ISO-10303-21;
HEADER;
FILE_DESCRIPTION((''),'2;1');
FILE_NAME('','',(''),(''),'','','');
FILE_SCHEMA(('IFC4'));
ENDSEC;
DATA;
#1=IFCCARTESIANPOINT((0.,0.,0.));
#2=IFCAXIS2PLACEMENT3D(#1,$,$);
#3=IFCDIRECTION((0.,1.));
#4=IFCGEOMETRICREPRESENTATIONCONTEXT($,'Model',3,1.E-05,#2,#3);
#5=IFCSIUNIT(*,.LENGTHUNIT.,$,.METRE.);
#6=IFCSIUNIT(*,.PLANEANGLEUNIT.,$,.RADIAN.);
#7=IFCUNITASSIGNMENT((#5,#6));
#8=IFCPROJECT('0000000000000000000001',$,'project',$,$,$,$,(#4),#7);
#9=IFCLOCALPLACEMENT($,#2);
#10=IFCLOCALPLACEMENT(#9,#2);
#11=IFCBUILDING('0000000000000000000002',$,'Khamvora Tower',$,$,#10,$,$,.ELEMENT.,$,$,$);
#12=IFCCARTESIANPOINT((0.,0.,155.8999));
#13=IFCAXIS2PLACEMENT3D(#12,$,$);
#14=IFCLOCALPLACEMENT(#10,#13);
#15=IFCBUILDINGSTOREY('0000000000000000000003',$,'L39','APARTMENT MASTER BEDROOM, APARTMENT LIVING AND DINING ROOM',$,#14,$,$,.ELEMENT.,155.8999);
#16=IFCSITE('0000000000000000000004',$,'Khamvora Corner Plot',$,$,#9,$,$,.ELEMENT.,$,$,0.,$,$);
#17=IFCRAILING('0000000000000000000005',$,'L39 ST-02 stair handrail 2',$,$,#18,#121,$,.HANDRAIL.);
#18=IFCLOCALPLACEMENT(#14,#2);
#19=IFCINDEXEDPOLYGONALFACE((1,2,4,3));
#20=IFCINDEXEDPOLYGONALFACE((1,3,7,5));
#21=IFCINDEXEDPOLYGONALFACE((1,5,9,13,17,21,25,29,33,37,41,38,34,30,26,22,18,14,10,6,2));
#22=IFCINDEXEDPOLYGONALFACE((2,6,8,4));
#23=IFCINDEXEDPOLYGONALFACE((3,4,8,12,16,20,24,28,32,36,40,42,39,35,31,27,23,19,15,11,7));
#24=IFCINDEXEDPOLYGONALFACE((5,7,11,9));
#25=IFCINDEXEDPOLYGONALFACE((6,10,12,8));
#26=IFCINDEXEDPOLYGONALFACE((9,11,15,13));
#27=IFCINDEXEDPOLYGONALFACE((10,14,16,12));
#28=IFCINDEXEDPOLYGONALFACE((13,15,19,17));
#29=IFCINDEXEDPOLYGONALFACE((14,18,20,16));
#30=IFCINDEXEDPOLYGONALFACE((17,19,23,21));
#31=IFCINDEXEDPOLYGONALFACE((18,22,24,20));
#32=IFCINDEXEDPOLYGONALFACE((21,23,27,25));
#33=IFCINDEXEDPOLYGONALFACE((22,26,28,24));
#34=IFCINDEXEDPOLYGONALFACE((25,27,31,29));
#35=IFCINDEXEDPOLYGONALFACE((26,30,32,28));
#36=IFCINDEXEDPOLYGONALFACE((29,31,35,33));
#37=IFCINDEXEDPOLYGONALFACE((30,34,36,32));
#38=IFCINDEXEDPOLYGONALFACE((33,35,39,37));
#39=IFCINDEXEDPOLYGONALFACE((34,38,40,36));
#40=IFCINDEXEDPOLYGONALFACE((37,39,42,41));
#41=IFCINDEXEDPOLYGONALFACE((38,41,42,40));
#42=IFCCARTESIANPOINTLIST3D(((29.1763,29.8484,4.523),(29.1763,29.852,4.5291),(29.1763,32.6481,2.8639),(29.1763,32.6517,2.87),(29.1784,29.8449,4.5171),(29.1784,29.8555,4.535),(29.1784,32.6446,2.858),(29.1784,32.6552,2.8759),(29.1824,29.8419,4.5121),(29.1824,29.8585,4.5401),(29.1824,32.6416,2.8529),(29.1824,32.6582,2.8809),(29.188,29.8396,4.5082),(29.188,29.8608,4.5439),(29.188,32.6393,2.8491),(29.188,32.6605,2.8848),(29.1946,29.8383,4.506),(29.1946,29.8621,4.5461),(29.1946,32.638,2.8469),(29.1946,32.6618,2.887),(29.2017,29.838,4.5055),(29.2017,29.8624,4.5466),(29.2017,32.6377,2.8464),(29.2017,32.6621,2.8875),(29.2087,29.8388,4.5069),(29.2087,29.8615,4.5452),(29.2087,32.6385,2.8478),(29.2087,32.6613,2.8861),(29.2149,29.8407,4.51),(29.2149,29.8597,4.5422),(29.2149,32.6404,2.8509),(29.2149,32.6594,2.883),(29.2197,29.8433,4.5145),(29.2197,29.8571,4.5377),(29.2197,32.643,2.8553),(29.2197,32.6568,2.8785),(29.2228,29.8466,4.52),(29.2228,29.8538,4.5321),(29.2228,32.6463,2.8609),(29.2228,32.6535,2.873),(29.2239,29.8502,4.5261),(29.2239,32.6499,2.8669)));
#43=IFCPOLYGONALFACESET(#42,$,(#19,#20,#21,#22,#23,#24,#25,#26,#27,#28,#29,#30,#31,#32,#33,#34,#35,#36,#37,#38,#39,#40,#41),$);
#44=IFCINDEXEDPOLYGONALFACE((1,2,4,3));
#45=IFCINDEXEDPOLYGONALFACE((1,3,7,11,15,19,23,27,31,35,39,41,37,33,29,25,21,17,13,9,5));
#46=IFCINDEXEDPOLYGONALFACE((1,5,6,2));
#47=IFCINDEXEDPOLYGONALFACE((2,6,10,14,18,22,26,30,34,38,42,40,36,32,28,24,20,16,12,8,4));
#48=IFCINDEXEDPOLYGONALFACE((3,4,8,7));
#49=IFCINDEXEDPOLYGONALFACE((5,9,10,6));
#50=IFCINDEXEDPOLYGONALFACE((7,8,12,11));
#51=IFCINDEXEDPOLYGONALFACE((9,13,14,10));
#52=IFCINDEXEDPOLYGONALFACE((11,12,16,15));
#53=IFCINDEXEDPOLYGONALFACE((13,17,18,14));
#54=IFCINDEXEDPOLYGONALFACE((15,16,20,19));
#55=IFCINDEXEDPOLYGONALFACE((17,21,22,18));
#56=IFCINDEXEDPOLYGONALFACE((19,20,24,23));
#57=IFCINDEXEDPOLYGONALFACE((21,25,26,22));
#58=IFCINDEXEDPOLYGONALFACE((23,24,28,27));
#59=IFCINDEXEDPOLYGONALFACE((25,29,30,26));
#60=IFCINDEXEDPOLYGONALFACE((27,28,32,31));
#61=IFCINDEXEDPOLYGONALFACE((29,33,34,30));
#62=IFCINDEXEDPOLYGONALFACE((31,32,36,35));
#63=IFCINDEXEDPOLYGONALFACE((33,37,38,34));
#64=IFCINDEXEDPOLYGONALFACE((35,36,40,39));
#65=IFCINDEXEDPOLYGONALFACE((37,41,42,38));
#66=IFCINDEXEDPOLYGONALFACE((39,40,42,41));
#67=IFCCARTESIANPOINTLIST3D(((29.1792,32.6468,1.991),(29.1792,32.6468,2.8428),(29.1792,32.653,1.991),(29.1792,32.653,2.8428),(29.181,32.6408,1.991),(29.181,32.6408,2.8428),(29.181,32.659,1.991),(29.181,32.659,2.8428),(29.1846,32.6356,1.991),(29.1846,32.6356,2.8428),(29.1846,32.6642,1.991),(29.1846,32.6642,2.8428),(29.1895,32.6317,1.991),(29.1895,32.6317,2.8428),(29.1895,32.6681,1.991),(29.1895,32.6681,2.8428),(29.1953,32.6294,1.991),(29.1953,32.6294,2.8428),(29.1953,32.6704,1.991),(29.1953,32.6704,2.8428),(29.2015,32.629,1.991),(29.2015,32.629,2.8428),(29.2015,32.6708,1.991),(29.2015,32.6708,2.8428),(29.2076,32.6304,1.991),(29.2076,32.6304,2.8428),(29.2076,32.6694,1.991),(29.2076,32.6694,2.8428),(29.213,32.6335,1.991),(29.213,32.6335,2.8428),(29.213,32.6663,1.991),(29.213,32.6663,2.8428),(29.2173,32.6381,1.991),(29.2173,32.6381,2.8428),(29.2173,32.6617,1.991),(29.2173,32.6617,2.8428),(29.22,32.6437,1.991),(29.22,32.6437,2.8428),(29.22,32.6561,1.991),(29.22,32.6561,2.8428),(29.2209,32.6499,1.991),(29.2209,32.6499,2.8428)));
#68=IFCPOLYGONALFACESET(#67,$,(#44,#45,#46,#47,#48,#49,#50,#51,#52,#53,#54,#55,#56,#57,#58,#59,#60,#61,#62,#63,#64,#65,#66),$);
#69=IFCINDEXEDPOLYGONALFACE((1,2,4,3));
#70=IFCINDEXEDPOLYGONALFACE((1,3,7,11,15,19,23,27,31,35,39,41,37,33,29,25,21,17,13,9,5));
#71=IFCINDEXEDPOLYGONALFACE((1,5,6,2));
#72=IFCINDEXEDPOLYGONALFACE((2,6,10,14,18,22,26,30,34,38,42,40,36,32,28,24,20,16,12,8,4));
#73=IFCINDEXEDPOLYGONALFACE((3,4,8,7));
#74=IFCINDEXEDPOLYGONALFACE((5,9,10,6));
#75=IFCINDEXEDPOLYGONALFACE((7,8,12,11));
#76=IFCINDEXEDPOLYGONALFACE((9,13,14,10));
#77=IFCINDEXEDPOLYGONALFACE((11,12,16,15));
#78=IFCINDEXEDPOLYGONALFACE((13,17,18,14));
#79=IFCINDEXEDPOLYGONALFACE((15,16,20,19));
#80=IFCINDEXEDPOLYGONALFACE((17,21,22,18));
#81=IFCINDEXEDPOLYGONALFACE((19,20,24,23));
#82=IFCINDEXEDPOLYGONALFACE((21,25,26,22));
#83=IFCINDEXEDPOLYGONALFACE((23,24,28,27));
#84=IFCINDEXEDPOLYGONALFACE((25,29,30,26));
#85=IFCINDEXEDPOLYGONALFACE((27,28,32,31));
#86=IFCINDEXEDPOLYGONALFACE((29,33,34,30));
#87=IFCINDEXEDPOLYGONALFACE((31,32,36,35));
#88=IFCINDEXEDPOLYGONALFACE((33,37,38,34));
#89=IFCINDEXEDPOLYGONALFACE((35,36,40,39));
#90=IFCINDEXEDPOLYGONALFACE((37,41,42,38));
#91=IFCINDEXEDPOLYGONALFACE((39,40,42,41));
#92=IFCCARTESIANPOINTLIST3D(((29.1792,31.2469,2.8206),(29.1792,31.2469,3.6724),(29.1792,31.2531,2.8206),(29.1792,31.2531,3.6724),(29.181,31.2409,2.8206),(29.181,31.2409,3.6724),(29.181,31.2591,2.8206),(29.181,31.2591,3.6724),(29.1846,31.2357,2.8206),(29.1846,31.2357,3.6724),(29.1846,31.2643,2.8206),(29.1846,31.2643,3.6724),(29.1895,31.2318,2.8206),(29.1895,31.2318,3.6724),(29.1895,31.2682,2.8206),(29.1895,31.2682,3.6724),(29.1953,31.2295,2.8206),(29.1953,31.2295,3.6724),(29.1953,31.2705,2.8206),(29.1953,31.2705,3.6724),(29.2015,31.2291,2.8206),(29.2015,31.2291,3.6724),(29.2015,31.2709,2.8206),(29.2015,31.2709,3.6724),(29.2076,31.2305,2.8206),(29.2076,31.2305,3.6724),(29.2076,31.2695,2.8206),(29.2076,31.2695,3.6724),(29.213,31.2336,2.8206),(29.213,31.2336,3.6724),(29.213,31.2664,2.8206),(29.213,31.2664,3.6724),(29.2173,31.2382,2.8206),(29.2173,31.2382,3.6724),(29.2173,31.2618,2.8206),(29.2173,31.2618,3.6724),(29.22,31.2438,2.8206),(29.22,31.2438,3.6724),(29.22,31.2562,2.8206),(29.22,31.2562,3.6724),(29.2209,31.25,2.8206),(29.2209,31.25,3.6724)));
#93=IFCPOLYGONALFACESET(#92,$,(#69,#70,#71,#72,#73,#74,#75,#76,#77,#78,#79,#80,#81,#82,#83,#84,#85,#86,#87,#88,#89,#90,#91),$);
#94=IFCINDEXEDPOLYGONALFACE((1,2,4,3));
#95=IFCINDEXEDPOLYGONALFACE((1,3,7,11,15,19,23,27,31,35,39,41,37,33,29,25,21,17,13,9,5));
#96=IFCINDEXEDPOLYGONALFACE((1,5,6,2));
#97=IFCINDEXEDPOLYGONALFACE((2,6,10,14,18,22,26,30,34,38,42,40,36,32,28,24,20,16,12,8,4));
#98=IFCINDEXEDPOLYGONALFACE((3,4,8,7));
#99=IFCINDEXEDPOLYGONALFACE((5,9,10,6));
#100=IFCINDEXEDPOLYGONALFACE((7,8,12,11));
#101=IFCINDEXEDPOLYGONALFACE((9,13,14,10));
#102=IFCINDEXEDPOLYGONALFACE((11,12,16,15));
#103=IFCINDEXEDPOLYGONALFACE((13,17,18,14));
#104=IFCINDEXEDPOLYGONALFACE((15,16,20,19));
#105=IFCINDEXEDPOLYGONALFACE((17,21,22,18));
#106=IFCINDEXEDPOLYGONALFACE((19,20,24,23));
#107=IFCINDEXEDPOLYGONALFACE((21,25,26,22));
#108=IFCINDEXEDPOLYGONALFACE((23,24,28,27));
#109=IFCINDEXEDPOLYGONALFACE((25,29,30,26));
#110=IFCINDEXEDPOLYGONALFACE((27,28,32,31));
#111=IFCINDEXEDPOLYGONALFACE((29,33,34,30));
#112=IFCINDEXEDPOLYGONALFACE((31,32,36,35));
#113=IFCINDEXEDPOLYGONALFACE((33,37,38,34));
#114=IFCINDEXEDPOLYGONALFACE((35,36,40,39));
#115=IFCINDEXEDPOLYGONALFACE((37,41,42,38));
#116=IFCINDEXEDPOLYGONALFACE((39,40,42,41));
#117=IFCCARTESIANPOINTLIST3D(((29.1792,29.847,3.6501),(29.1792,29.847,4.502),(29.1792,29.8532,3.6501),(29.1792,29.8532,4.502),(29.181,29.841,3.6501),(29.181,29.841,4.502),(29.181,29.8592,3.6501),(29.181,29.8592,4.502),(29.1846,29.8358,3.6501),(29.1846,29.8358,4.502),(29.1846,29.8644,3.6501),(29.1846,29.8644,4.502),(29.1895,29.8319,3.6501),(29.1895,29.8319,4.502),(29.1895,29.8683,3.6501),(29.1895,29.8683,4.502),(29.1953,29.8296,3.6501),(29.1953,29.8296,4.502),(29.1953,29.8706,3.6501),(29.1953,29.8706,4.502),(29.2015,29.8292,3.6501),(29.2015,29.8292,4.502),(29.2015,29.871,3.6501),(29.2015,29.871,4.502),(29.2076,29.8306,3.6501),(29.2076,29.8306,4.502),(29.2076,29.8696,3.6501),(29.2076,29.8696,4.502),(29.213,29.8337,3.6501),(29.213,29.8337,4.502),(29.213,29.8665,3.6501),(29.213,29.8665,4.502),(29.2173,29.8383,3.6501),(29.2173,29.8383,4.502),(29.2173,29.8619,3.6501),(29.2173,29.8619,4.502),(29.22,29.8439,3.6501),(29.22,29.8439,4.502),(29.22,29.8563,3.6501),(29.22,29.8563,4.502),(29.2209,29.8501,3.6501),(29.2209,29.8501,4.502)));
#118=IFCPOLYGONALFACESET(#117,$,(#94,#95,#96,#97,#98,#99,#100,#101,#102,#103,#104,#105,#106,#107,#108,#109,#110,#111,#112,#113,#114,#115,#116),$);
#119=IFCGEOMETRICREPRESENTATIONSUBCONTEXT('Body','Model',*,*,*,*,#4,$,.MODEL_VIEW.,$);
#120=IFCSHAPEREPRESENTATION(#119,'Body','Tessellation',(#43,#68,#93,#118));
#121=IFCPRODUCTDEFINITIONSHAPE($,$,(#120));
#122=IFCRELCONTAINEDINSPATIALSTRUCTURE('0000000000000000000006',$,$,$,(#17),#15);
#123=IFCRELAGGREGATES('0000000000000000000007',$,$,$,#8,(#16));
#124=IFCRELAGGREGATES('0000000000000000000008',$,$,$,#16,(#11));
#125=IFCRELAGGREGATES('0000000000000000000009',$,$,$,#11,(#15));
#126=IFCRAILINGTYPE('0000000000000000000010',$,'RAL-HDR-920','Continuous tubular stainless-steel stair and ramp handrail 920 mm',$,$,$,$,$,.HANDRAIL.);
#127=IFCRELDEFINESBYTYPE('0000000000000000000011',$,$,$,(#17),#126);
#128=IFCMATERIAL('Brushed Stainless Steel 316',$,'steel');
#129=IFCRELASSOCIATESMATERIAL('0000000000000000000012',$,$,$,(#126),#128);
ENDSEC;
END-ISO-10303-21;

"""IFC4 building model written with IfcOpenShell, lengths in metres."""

from ifc_helpers import new_model, si_unit, direction, frame, origin, origin_2d, place, context, subcontext, project, spatial, circle, extrude, material, type_object, element, save


model = new_model("IFC4")

# Units and contexts
model_context = context("Model", 3, precision=1e-05, world=origin(), true_north=direction((0.0, 1.0)))
body_context = subcontext(model_context, "Body", "Model", "MODEL_VIEW")
ifc_project = project(units=[si_unit("LENGTHUNIT", "METRE"), si_unit("PLANEANGLEUNIT", "RADIAN")], contexts=[model_context])

# Site, building, storey
site_placement = place(None, origin())
site = spatial("IfcSite", under=ifc_project, at=site_placement, Name="Khamvora Corner Plot", CompositionType="ELEMENT", RefElevation=0.0)
building_placement = place(site_placement, origin())
building = spatial("IfcBuilding", under=site, at=building_placement, Name="Khamvora Tower", CompositionType="ELEMENT")
storey_placement = place(building_placement, frame((0.0, 0.0, 155.8999)))
storey = spatial("IfcBuildingStorey", under=building, at=storey_placement, Name="L39", Description="APARTMENT MASTER BEDROOM, APARTMENT LIVING AND DINING ROOM", CompositionType="ELEMENT", Elevation=155.8999)

# Railing
ifc_material_1 = material(Name="Brushed Stainless Steel 316", Category="steel")
railing_type_1 = type_object("IfcRailingType", Name="RAL-HDR-920", Description="Continuous tubular stainless-steel stair and ramp handrail 920 mm", PredefinedType="HANDRAIL", material=ifc_material_1)
railing_1_placement = place(storey_placement, frame((29.2, 32.6499, 1.991)))
element("IfcRailing", 1, at=railing_1_placement, inside=storey, type_object=railing_type_1, Name="L39 ST-02 stair handrail 2", PredefinedType="HANDRAIL", context=body_context, shape_type="SweptSolid", body=[
    extrude(circle(Radius=0.0239, at=origin_2d()), frame((0.0, 0.0, 0.876), z_axis=(0.0, -0.860287, 0.509811), x_axis=(1.0, 0.0, 0.0)), (0.0, 0.0, 1.0), 3.2544),
    extrude(circle(Radius=0.021, at=origin_2d()), origin(), (0.0, 0.0, 1.0), 0.8518),
    extrude(circle(Radius=0.021, at=origin_2d()), frame((0.0, -1.3999, 0.8296)), (0.0, 0.0, 1.0), 0.8518),
    extrude(circle(Radius=0.021, at=origin_2d()), frame((0.0, -2.7998, 1.6592)), (0.0, 0.0, 1.0), 0.8518),
])

save(model, "model.ifc")
